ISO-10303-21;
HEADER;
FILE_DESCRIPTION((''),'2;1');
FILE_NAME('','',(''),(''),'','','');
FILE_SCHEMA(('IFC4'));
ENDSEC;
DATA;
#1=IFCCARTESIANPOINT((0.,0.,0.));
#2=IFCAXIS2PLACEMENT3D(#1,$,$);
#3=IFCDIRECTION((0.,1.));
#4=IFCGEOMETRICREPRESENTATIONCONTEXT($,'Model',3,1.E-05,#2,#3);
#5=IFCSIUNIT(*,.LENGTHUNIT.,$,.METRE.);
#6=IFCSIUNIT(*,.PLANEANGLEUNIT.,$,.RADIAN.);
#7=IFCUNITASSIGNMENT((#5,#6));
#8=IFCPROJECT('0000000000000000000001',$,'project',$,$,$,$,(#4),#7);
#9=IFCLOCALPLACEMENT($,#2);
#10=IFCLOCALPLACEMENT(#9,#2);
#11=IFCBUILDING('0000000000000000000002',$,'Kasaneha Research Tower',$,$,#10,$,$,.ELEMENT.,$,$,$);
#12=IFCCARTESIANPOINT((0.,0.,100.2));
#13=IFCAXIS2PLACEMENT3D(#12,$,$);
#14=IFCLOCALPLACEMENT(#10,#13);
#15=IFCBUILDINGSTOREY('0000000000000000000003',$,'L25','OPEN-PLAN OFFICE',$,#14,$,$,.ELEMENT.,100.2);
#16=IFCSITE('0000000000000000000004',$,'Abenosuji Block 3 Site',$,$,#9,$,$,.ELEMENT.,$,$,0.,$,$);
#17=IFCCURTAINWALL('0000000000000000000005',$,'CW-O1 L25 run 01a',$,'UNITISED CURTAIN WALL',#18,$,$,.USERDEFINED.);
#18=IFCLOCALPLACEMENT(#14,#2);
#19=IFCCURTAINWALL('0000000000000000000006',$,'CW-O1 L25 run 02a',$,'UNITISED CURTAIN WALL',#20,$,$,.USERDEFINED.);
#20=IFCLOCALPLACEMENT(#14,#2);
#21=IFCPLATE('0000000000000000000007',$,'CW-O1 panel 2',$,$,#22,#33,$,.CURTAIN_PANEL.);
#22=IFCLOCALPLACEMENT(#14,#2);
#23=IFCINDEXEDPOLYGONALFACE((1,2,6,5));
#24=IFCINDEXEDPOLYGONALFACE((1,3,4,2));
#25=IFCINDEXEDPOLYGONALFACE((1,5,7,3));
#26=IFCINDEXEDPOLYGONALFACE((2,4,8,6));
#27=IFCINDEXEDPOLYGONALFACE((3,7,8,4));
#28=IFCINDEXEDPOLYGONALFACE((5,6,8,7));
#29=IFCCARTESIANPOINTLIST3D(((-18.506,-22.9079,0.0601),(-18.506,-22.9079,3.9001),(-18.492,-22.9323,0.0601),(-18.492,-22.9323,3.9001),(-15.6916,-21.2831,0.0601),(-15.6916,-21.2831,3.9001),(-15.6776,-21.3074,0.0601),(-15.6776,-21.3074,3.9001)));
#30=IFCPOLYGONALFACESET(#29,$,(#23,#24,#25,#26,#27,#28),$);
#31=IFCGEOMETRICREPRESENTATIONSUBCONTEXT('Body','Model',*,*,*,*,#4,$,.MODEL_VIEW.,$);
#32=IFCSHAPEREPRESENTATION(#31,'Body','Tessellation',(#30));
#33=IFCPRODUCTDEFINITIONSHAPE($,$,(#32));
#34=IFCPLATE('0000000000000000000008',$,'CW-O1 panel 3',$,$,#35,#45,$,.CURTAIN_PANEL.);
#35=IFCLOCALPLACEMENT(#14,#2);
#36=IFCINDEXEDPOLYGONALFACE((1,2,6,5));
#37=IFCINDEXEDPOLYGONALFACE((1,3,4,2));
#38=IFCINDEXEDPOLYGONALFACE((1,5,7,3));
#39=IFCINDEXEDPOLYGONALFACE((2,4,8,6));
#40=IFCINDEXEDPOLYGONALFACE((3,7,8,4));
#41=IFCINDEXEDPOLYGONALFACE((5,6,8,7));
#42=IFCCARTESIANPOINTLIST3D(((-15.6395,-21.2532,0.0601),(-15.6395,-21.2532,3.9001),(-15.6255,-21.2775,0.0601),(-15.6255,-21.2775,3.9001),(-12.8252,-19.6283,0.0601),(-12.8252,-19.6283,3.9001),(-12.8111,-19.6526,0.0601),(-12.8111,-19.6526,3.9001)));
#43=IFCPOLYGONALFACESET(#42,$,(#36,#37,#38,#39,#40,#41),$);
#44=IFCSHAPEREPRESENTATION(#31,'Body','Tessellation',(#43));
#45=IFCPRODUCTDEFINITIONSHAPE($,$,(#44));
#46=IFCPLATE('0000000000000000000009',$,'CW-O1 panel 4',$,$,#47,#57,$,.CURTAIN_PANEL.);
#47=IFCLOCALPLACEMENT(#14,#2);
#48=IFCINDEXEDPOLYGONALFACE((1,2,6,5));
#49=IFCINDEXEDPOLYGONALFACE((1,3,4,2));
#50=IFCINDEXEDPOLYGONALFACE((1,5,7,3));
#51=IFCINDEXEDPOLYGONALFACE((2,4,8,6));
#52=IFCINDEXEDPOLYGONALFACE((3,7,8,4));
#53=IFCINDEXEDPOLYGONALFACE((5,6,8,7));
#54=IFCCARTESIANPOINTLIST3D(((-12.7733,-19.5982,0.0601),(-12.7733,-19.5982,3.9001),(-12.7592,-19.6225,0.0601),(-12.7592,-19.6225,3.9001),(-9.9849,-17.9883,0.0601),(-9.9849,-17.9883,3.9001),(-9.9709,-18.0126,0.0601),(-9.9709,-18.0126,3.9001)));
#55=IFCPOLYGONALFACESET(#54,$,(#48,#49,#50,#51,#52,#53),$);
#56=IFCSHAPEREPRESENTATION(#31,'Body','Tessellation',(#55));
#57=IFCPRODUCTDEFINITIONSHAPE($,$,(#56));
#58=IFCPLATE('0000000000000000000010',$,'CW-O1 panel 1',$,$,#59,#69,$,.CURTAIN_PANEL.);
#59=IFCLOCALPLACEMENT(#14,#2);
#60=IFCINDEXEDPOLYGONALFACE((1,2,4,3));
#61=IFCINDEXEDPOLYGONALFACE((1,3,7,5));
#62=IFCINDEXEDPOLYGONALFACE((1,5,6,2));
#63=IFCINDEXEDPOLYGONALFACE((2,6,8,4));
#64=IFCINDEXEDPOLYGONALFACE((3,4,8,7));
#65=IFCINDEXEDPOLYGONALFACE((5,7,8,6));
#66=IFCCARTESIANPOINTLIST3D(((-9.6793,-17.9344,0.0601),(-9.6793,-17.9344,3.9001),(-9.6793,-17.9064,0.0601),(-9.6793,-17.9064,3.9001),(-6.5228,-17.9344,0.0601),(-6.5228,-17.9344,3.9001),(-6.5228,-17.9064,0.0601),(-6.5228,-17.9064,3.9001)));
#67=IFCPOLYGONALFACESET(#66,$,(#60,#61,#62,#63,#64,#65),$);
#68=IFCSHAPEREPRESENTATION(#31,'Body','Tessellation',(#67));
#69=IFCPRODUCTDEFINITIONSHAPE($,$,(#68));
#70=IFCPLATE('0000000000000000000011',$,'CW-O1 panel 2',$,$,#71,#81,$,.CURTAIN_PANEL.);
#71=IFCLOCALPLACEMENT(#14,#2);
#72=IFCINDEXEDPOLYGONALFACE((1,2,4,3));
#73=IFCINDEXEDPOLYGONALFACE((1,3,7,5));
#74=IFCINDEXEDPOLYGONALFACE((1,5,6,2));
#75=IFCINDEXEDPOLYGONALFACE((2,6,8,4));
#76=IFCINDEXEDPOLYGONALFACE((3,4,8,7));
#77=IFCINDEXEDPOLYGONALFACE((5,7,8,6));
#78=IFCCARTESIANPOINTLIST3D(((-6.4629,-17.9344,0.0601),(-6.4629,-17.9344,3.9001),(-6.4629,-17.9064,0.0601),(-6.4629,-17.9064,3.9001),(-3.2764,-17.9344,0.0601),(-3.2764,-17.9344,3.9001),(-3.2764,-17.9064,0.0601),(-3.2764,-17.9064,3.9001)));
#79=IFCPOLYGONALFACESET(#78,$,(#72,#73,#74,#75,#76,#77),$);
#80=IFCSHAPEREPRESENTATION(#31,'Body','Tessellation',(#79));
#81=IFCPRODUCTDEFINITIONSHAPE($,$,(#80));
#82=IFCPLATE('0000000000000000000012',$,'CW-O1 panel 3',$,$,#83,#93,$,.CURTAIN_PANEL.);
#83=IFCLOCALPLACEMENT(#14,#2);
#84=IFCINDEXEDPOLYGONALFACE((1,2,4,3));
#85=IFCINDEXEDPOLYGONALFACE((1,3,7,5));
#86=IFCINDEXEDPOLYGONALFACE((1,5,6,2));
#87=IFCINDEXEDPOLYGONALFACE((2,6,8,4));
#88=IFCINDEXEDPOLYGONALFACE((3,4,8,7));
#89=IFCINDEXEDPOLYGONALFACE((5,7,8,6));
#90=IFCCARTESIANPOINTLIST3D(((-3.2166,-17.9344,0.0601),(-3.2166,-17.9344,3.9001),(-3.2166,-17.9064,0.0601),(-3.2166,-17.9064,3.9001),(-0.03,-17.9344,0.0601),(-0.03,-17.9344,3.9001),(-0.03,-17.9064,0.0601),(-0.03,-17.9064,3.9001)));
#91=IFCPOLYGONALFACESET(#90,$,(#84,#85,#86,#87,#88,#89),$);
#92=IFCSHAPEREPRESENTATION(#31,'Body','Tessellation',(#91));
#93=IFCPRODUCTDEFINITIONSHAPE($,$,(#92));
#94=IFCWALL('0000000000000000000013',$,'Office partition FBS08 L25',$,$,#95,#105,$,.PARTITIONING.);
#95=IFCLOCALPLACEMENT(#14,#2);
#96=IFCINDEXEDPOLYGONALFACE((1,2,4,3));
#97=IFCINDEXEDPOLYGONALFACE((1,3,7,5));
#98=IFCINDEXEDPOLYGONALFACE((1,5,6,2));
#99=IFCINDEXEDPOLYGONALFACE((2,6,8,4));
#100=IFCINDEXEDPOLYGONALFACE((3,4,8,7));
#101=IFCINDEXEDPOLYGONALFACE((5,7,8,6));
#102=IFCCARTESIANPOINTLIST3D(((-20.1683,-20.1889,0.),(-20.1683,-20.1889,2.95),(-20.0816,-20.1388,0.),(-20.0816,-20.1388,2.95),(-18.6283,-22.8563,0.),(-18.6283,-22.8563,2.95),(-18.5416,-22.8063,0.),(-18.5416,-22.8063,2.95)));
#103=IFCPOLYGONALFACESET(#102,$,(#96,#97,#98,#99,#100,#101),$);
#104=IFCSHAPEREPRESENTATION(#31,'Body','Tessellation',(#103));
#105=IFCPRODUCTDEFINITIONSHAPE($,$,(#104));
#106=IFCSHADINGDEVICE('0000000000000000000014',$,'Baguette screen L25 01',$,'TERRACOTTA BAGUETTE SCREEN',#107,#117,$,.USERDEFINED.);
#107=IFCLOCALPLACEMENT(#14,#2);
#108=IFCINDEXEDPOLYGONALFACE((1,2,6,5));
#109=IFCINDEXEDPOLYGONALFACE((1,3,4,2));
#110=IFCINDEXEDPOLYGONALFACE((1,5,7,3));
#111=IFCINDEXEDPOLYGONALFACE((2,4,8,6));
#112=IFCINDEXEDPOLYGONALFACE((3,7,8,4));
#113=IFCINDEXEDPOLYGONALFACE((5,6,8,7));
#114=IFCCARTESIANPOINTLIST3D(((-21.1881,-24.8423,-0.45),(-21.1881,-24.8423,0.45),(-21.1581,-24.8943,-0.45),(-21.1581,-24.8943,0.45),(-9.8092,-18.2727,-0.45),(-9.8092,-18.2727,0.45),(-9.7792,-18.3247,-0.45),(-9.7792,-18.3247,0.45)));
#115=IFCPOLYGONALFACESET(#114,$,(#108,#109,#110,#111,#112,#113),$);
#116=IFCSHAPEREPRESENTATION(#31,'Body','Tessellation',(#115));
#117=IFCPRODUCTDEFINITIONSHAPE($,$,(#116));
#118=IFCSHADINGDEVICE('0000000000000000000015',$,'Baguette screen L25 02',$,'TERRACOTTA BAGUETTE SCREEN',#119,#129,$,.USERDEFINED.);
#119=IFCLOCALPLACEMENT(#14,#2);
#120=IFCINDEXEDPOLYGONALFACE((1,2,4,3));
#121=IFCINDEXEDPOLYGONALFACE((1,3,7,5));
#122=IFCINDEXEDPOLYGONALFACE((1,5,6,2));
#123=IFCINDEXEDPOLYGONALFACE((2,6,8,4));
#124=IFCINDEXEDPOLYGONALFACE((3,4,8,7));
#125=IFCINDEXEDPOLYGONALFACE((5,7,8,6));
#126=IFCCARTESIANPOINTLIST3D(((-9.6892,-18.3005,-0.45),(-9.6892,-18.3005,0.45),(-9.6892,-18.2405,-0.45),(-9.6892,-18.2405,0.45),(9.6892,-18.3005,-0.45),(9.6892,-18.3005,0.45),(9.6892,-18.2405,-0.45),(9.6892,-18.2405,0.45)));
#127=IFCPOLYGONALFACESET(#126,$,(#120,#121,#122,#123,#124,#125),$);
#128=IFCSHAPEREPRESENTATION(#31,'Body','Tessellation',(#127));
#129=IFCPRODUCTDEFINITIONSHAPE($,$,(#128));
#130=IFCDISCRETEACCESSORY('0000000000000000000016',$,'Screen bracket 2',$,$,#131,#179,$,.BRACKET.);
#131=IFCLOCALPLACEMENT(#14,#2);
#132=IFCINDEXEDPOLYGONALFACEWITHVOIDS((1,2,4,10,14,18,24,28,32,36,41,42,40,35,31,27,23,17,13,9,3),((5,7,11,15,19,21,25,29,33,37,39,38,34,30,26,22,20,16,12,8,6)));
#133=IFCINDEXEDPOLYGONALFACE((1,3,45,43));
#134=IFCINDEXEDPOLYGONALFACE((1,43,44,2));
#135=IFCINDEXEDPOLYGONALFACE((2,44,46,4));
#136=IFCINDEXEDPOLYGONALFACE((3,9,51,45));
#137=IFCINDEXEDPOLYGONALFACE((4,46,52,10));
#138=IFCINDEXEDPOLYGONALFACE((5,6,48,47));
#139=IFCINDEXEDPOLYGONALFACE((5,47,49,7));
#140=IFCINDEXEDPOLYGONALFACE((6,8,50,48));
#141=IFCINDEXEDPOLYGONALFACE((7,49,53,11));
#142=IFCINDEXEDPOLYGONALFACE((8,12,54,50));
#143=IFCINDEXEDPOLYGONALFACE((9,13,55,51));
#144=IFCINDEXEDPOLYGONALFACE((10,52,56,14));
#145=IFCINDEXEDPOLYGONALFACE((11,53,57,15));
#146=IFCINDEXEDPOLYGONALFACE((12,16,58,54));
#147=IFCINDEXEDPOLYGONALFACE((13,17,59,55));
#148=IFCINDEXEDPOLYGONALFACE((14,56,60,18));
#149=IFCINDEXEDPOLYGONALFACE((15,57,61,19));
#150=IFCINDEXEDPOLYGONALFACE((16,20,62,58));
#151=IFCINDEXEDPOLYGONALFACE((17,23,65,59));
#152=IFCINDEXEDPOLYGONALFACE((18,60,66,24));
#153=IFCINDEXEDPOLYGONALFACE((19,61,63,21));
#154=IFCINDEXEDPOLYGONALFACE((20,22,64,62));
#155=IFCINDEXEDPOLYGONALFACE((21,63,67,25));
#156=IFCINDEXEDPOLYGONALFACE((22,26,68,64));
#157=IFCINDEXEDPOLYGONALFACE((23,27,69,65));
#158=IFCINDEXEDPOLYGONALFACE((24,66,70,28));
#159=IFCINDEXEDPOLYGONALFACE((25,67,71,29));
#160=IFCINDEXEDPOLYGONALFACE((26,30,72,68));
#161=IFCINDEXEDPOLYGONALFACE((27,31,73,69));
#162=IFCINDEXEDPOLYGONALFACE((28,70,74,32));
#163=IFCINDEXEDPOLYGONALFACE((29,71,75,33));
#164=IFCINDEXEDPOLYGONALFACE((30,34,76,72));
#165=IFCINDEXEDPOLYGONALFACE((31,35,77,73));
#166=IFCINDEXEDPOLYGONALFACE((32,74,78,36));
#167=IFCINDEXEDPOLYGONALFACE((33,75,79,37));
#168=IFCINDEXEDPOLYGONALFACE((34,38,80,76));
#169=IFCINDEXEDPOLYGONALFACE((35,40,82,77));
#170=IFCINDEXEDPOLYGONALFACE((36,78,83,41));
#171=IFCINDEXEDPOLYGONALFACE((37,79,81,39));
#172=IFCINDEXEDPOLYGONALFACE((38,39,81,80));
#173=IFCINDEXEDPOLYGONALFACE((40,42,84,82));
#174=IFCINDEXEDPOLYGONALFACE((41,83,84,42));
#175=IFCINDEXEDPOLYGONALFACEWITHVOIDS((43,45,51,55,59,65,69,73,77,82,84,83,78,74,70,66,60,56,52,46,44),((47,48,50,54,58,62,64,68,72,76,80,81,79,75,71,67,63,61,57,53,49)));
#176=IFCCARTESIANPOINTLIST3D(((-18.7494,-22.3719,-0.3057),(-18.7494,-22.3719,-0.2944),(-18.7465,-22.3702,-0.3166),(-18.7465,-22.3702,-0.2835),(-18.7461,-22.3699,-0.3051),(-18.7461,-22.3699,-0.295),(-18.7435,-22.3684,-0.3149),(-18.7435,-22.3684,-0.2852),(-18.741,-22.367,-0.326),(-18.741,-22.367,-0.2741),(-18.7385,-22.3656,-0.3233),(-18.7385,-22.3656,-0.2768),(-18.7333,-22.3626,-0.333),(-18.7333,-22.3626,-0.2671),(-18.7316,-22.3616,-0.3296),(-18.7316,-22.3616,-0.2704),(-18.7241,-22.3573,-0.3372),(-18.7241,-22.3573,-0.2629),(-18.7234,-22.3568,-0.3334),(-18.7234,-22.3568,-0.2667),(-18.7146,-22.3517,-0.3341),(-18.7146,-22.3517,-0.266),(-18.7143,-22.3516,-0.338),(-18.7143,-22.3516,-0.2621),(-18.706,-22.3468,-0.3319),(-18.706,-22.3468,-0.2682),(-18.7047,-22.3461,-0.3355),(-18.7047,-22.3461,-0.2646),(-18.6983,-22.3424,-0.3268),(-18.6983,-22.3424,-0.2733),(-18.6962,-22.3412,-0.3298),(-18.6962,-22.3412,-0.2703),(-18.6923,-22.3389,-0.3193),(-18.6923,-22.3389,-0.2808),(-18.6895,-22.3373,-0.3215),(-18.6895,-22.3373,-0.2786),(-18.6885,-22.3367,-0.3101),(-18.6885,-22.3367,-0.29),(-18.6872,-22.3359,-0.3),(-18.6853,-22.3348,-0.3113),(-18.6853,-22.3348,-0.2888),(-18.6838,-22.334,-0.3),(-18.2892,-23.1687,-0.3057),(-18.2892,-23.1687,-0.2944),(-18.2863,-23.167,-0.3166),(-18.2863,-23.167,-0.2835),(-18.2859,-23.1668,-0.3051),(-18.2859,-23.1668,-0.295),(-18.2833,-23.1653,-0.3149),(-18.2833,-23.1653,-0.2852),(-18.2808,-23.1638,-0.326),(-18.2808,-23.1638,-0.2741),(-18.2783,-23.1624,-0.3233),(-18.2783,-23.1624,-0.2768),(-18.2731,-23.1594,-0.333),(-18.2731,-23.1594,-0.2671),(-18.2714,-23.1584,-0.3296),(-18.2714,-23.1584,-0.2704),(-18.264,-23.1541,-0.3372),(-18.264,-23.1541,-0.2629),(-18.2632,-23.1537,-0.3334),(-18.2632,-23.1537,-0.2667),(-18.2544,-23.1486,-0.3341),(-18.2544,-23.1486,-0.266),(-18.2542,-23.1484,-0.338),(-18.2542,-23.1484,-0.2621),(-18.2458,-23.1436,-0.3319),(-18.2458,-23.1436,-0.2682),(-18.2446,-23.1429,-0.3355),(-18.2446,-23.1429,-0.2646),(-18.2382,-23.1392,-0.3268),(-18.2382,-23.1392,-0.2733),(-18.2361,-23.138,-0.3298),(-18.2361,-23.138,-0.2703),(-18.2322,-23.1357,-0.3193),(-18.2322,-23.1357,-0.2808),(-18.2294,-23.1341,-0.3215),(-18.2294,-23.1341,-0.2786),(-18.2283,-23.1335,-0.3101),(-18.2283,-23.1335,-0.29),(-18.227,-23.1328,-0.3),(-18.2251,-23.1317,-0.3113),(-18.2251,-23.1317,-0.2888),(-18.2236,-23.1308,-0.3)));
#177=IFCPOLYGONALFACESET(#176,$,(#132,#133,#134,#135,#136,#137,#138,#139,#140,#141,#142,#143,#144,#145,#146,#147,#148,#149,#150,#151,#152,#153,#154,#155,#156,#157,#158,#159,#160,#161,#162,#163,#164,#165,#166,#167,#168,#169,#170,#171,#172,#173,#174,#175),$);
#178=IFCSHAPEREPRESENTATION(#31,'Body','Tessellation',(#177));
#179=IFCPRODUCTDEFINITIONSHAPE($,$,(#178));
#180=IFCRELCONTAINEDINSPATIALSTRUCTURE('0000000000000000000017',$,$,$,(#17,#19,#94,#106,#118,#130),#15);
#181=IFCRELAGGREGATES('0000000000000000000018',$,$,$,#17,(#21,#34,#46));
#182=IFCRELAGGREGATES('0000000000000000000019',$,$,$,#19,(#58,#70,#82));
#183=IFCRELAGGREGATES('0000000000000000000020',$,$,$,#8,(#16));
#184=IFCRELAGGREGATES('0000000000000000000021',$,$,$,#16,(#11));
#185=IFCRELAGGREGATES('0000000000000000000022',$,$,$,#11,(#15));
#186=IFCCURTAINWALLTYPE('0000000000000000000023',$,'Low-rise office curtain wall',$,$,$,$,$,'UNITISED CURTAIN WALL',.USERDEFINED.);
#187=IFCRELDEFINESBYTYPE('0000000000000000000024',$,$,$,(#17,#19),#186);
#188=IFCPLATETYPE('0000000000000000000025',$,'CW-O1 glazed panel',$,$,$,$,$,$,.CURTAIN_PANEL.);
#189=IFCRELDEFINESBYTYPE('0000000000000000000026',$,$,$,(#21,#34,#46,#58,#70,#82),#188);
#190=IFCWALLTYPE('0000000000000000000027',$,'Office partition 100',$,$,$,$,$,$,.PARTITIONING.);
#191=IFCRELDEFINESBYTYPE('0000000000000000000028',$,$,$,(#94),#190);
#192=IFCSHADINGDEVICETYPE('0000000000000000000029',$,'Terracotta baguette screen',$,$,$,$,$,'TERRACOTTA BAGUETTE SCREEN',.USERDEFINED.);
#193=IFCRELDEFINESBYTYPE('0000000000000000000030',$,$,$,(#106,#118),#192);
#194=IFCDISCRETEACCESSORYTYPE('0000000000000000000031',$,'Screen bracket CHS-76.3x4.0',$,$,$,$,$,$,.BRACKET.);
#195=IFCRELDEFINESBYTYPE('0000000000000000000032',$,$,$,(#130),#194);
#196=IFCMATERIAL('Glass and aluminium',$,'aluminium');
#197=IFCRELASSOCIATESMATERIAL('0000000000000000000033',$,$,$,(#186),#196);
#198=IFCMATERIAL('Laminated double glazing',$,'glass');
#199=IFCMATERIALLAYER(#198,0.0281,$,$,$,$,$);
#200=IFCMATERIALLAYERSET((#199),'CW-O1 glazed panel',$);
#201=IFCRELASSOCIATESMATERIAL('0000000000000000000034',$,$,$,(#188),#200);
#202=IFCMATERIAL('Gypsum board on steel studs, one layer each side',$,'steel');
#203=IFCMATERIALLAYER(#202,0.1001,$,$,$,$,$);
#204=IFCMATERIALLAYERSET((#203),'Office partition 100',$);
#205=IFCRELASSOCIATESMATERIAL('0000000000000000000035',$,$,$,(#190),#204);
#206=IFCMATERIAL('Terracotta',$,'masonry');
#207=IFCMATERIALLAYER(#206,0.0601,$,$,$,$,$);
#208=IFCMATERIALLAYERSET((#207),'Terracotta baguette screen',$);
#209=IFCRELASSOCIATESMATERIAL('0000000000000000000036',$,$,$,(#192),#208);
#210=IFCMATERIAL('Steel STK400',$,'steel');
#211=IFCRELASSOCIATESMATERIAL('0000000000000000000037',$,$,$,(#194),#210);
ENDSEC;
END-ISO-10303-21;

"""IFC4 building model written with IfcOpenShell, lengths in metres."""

from ifc_helpers import new_model, si_unit, direction, frame, frame_2d, origin, origin_2d, place, context, subcontext, project, spatial, rectangle, hollow_circle, extrude, material, layer, layer_set, material_profile, profile_set, type_object, element, aggregate, save


model = new_model("IFC4")

# Units and contexts
model_context = context("Model", 3, precision=1e-05, world=origin(), true_north=direction((0.0, 1.0)))
body_context = subcontext(model_context, "Body", "Model", "MODEL_VIEW")
ifc_project = project(units=[si_unit("LENGTHUNIT", "METRE"), si_unit("PLANEANGLEUNIT", "RADIAN")], contexts=[model_context])

# Site, building, storey
site_placement = place(None, origin())
site = spatial("IfcSite", under=ifc_project, at=site_placement, Name="Abenosuji Block 3 Site", CompositionType="ELEMENT", RefElevation=0.0)
building_placement = place(site_placement, origin())
building = spatial("IfcBuilding", under=site, at=building_placement, Name="Kasaneha Research Tower", CompositionType="ELEMENT")
storey_placement = place(building_placement, frame((0.0, 0.0, 100.2)))
storey = spatial("IfcBuildingStorey", under=building, at=storey_placement, Name="L25", Description="OPEN-PLAN OFFICE", CompositionType="ELEMENT", Elevation=100.2)

# Curtain walls
ifc_material_1 = material(Name="Glass and aluminium", Category="aluminium")
curtain_wall_type = type_object("IfcCurtainWallType", Name="Low-rise office curtain wall", ElementType="UNITISED CURTAIN WALL", PredefinedType="USERDEFINED", material=ifc_material_1)
curtain_wall_1_placement = place(storey_placement, origin())
curtain_wall_1 = element("IfcCurtainWall", 1, at=curtain_wall_1_placement, inside=storey, type_object=curtain_wall_type, Name="CW-O1 L25 run 01a", ObjectType="UNITISED CURTAIN WALL", PredefinedType="USERDEFINED")
curtain_wall_2_placement = place(storey_placement, origin())
curtain_wall_2 = element("IfcCurtainWall", 2, at=curtain_wall_2_placement, inside=storey, type_object=curtain_wall_type, Name="CW-O1 L25 run 02a", ObjectType="UNITISED CURTAIN WALL", PredefinedType="USERDEFINED")

# Plates
ifc_material_2 = material(Name="Laminated double glazing", Category="glass")
ifc_layer_1 = layer(ifc_material_2, 0.0281)
ifc_layer_set_1 = layer_set([ifc_layer_1], Name="CW-O1 glazed panel")
plate_type = type_object("IfcPlateType", Name="CW-O1 glazed panel", PredefinedType="CURTAIN_PANEL", material=ifc_layer_set_1)
plate_1_placement = place(storey_placement, frame((-17.0918, -22.1077, 0.0601), z_axis=(0.0, 0.0, 1.0), x_axis=(0.866025, 0.5, 0.0)))
plate_1 = element("IfcPlate", 3, at=plate_1_placement, type_object=plate_type, Name="CW-O1 panel 2", PredefinedType="CURTAIN_PANEL", context=body_context, shape_type="SweptSolid", body=[
    extrude(rectangle(XDim=3.2498, YDim=0.0281, at=origin_2d()), origin(), (0.0, 0.0, 1.0), 3.8401),
])
plate_2_placement = place(storey_placement, frame((-14.2253, -20.4529, 0.0601), z_axis=(0.0, 0.0, 1.0), x_axis=(0.866025, 0.5, 0.0)))
plate_2 = element("IfcPlate", 4, at=plate_2_placement, type_object=plate_type, Name="CW-O1 panel 3", PredefinedType="CURTAIN_PANEL", context=body_context, shape_type="SweptSolid", body=[
    extrude(rectangle(XDim=3.2498, YDim=0.0281, at=origin_2d()), origin(), (0.0, 0.0, 1.0), 3.8401),
])
plate_3_placement = place(storey_placement, frame((-11.3721, -18.8054, 0.0601), z_axis=(0.0, 0.0, 1.0), x_axis=(0.866025, 0.5, 0.0)))
plate_3 = element("IfcPlate", 5, at=plate_3_placement, type_object=plate_type, Name="CW-O1 panel 4", PredefinedType="CURTAIN_PANEL", context=body_context, shape_type="SweptSolid", body=[
    extrude(rectangle(XDim=3.2197, YDim=0.0281, at=origin_2d()), origin(), (0.0, 0.0, 1.0), 3.8401),
])
aggregate(curtain_wall_1, [plate_1, plate_2, plate_3])
plate_4_placement = place(storey_placement, frame((-8.1011, -17.9204, 0.0601), z_axis=(0.0, 0.0, 1.0), x_axis=(1.0, 0.0, 0.0)))
plate_4 = element("IfcPlate", 6, at=plate_4_placement, type_object=plate_type, Name="CW-O1 panel 1", PredefinedType="CURTAIN_PANEL", context=body_context, shape_type="SweptSolid", body=[
    extrude(rectangle(XDim=3.1565, YDim=0.0281, at=origin_2d()), origin(), (0.0, 0.0, 1.0), 3.8401),
])
plate_5_placement = place(storey_placement, frame((-4.8696, -17.9204, 0.0601), z_axis=(0.0, 0.0, 1.0), x_axis=(1.0, 0.0, 0.0)))
plate_5 = element("IfcPlate", 7, at=plate_5_placement, type_object=plate_type, Name="CW-O1 panel 2", PredefinedType="CURTAIN_PANEL", context=body_context, shape_type="SweptSolid", body=[
    extrude(rectangle(XDim=3.1865, YDim=0.0281, at=origin_2d()), origin(), (0.0, 0.0, 1.0), 3.8401),
])
plate_6_placement = place(storey_placement, frame((-1.6233, -17.9204, 0.0601), z_axis=(0.0, 0.0, 1.0), x_axis=(1.0, 0.0, 0.0)))
plate_6 = element("IfcPlate", 8, at=plate_6_placement, type_object=plate_type, Name="CW-O1 panel 3", PredefinedType="CURTAIN_PANEL", context=body_context, shape_type="SweptSolid", body=[
    extrude(rectangle(XDim=3.1865, YDim=0.0281, at=origin_2d()), origin(), (0.0, 0.0, 1.0), 3.8401),
])
aggregate(curtain_wall_2, [plate_4, plate_5, plate_6])

# Wall
ifc_material_3 = material(Name="Gypsum board on steel studs, one layer each side", Category="steel")
ifc_layer_2 = layer(ifc_material_3, 0.1001)
ifc_layer_set_2 = layer_set([ifc_layer_2], Name="Office partition 100")
wall_type = type_object("IfcWallType", Name="Office partition 100", PredefinedType="PARTITIONING", material=ifc_layer_set_2)
wall_placement = place(storey_placement, frame((-18.585, -22.8313, 0.0), z_axis=(0.0, 0.0, 1.0), x_axis=(-0.499992, 0.86603, 0.0)))
element("IfcWall", 9, at=wall_placement, inside=storey, type_object=wall_type, Name="Office partition FBS08 L25", PredefinedType="PARTITIONING", context=body_context, shape_type="SweptSolid", body=[
    extrude(rectangle(XDim=3.0801, YDim=0.1001, at=frame_2d((1.54, 0.0))), origin(), (0.0, 0.0, 1.0), 2.95),
])

# Shading devices
ifc_material_4 = material(Name="Terracotta", Category="masonry")
ifc_layer_3 = layer(ifc_material_4, 0.0601)
ifc_layer_set_3 = layer_set([ifc_layer_3], Name="Terracotta baguette screen")
shading_device_type = type_object("IfcShadingDeviceType", Name="Terracotta baguette screen", ElementType="TERRACOTTA BAGUETTE SCREEN", PredefinedType="USERDEFINED", material=ifc_layer_set_3)
shading_device_1_placement = place(storey_placement, frame((-15.4836, -21.5835, -0.45), z_axis=(0.0, 0.0, 1.0), x_axis=(0.866025, 0.5, 0.0)))
element("IfcShadingDevice", 10, at=shading_device_1_placement, inside=storey, type_object=shading_device_type, Name="Baguette screen L25 01", ObjectType="TERRACOTTA BAGUETTE SCREEN", PredefinedType="USERDEFINED", context=body_context, shape_type="SweptSolid", body=[
    extrude(rectangle(XDim=13.1392, YDim=0.0601, at=origin_2d()), origin(), (0.0, 0.0, 1.0), 0.8999),
])
shading_device_2_placement = place(storey_placement, frame((0.0, -18.2705, -0.45), z_axis=(0.0, 0.0, 1.0), x_axis=(1.0, 0.0, 0.0)))
element("IfcShadingDevice", 11, at=shading_device_2_placement, inside=storey, type_object=shading_device_type, Name="Baguette screen L25 02", ObjectType="TERRACOTTA BAGUETTE SCREEN", PredefinedType="USERDEFINED", context=body_context, shape_type="SweptSolid", body=[
    extrude(rectangle(XDim=19.3784, YDim=0.0601, at=origin_2d()), origin(), (0.0, 0.0, 1.0), 0.8999),
])

# Discrete accessory
ifc_material_5 = material(Name="Steel STK400", Category="steel")
ifc_material_profile_1 = material_profile(ifc_material_5, hollow_circle(Radius=0.0381, WallThickness=0.0039, at=origin_2d()), Name="CHS-76.3x4.0")
ifc_profile_set_1 = profile_set([ifc_material_profile_1], Name="Steel STK400")
discrete_accessory_type = type_object("IfcDiscreteAccessoryType", Name="Screen bracket CHS-76.3x4.0", PredefinedType="BRACKET", material=ifc_profile_set_1)
discrete_accessory_1_placement = place(storey_placement, frame((-18.7168, -22.353, -0.3), z_axis=(0.500105, -0.865965, 0.0), x_axis=(0.865965, 0.500105, 0.0)))
element("IfcDiscreteAccessory", 12, at=discrete_accessory_1_placement, inside=storey, type_object=discrete_accessory_type, Name="Screen bracket 2", PredefinedType="BRACKET", context=body_context, shape_type="SweptSolid", body=[
    extrude(hollow_circle(Radius=0.0381, WallThickness=0.0039, at=origin_2d()), origin(), (0.0, 0.0, 1.0), 0.9202),
])

save(model, "model.ifc")
